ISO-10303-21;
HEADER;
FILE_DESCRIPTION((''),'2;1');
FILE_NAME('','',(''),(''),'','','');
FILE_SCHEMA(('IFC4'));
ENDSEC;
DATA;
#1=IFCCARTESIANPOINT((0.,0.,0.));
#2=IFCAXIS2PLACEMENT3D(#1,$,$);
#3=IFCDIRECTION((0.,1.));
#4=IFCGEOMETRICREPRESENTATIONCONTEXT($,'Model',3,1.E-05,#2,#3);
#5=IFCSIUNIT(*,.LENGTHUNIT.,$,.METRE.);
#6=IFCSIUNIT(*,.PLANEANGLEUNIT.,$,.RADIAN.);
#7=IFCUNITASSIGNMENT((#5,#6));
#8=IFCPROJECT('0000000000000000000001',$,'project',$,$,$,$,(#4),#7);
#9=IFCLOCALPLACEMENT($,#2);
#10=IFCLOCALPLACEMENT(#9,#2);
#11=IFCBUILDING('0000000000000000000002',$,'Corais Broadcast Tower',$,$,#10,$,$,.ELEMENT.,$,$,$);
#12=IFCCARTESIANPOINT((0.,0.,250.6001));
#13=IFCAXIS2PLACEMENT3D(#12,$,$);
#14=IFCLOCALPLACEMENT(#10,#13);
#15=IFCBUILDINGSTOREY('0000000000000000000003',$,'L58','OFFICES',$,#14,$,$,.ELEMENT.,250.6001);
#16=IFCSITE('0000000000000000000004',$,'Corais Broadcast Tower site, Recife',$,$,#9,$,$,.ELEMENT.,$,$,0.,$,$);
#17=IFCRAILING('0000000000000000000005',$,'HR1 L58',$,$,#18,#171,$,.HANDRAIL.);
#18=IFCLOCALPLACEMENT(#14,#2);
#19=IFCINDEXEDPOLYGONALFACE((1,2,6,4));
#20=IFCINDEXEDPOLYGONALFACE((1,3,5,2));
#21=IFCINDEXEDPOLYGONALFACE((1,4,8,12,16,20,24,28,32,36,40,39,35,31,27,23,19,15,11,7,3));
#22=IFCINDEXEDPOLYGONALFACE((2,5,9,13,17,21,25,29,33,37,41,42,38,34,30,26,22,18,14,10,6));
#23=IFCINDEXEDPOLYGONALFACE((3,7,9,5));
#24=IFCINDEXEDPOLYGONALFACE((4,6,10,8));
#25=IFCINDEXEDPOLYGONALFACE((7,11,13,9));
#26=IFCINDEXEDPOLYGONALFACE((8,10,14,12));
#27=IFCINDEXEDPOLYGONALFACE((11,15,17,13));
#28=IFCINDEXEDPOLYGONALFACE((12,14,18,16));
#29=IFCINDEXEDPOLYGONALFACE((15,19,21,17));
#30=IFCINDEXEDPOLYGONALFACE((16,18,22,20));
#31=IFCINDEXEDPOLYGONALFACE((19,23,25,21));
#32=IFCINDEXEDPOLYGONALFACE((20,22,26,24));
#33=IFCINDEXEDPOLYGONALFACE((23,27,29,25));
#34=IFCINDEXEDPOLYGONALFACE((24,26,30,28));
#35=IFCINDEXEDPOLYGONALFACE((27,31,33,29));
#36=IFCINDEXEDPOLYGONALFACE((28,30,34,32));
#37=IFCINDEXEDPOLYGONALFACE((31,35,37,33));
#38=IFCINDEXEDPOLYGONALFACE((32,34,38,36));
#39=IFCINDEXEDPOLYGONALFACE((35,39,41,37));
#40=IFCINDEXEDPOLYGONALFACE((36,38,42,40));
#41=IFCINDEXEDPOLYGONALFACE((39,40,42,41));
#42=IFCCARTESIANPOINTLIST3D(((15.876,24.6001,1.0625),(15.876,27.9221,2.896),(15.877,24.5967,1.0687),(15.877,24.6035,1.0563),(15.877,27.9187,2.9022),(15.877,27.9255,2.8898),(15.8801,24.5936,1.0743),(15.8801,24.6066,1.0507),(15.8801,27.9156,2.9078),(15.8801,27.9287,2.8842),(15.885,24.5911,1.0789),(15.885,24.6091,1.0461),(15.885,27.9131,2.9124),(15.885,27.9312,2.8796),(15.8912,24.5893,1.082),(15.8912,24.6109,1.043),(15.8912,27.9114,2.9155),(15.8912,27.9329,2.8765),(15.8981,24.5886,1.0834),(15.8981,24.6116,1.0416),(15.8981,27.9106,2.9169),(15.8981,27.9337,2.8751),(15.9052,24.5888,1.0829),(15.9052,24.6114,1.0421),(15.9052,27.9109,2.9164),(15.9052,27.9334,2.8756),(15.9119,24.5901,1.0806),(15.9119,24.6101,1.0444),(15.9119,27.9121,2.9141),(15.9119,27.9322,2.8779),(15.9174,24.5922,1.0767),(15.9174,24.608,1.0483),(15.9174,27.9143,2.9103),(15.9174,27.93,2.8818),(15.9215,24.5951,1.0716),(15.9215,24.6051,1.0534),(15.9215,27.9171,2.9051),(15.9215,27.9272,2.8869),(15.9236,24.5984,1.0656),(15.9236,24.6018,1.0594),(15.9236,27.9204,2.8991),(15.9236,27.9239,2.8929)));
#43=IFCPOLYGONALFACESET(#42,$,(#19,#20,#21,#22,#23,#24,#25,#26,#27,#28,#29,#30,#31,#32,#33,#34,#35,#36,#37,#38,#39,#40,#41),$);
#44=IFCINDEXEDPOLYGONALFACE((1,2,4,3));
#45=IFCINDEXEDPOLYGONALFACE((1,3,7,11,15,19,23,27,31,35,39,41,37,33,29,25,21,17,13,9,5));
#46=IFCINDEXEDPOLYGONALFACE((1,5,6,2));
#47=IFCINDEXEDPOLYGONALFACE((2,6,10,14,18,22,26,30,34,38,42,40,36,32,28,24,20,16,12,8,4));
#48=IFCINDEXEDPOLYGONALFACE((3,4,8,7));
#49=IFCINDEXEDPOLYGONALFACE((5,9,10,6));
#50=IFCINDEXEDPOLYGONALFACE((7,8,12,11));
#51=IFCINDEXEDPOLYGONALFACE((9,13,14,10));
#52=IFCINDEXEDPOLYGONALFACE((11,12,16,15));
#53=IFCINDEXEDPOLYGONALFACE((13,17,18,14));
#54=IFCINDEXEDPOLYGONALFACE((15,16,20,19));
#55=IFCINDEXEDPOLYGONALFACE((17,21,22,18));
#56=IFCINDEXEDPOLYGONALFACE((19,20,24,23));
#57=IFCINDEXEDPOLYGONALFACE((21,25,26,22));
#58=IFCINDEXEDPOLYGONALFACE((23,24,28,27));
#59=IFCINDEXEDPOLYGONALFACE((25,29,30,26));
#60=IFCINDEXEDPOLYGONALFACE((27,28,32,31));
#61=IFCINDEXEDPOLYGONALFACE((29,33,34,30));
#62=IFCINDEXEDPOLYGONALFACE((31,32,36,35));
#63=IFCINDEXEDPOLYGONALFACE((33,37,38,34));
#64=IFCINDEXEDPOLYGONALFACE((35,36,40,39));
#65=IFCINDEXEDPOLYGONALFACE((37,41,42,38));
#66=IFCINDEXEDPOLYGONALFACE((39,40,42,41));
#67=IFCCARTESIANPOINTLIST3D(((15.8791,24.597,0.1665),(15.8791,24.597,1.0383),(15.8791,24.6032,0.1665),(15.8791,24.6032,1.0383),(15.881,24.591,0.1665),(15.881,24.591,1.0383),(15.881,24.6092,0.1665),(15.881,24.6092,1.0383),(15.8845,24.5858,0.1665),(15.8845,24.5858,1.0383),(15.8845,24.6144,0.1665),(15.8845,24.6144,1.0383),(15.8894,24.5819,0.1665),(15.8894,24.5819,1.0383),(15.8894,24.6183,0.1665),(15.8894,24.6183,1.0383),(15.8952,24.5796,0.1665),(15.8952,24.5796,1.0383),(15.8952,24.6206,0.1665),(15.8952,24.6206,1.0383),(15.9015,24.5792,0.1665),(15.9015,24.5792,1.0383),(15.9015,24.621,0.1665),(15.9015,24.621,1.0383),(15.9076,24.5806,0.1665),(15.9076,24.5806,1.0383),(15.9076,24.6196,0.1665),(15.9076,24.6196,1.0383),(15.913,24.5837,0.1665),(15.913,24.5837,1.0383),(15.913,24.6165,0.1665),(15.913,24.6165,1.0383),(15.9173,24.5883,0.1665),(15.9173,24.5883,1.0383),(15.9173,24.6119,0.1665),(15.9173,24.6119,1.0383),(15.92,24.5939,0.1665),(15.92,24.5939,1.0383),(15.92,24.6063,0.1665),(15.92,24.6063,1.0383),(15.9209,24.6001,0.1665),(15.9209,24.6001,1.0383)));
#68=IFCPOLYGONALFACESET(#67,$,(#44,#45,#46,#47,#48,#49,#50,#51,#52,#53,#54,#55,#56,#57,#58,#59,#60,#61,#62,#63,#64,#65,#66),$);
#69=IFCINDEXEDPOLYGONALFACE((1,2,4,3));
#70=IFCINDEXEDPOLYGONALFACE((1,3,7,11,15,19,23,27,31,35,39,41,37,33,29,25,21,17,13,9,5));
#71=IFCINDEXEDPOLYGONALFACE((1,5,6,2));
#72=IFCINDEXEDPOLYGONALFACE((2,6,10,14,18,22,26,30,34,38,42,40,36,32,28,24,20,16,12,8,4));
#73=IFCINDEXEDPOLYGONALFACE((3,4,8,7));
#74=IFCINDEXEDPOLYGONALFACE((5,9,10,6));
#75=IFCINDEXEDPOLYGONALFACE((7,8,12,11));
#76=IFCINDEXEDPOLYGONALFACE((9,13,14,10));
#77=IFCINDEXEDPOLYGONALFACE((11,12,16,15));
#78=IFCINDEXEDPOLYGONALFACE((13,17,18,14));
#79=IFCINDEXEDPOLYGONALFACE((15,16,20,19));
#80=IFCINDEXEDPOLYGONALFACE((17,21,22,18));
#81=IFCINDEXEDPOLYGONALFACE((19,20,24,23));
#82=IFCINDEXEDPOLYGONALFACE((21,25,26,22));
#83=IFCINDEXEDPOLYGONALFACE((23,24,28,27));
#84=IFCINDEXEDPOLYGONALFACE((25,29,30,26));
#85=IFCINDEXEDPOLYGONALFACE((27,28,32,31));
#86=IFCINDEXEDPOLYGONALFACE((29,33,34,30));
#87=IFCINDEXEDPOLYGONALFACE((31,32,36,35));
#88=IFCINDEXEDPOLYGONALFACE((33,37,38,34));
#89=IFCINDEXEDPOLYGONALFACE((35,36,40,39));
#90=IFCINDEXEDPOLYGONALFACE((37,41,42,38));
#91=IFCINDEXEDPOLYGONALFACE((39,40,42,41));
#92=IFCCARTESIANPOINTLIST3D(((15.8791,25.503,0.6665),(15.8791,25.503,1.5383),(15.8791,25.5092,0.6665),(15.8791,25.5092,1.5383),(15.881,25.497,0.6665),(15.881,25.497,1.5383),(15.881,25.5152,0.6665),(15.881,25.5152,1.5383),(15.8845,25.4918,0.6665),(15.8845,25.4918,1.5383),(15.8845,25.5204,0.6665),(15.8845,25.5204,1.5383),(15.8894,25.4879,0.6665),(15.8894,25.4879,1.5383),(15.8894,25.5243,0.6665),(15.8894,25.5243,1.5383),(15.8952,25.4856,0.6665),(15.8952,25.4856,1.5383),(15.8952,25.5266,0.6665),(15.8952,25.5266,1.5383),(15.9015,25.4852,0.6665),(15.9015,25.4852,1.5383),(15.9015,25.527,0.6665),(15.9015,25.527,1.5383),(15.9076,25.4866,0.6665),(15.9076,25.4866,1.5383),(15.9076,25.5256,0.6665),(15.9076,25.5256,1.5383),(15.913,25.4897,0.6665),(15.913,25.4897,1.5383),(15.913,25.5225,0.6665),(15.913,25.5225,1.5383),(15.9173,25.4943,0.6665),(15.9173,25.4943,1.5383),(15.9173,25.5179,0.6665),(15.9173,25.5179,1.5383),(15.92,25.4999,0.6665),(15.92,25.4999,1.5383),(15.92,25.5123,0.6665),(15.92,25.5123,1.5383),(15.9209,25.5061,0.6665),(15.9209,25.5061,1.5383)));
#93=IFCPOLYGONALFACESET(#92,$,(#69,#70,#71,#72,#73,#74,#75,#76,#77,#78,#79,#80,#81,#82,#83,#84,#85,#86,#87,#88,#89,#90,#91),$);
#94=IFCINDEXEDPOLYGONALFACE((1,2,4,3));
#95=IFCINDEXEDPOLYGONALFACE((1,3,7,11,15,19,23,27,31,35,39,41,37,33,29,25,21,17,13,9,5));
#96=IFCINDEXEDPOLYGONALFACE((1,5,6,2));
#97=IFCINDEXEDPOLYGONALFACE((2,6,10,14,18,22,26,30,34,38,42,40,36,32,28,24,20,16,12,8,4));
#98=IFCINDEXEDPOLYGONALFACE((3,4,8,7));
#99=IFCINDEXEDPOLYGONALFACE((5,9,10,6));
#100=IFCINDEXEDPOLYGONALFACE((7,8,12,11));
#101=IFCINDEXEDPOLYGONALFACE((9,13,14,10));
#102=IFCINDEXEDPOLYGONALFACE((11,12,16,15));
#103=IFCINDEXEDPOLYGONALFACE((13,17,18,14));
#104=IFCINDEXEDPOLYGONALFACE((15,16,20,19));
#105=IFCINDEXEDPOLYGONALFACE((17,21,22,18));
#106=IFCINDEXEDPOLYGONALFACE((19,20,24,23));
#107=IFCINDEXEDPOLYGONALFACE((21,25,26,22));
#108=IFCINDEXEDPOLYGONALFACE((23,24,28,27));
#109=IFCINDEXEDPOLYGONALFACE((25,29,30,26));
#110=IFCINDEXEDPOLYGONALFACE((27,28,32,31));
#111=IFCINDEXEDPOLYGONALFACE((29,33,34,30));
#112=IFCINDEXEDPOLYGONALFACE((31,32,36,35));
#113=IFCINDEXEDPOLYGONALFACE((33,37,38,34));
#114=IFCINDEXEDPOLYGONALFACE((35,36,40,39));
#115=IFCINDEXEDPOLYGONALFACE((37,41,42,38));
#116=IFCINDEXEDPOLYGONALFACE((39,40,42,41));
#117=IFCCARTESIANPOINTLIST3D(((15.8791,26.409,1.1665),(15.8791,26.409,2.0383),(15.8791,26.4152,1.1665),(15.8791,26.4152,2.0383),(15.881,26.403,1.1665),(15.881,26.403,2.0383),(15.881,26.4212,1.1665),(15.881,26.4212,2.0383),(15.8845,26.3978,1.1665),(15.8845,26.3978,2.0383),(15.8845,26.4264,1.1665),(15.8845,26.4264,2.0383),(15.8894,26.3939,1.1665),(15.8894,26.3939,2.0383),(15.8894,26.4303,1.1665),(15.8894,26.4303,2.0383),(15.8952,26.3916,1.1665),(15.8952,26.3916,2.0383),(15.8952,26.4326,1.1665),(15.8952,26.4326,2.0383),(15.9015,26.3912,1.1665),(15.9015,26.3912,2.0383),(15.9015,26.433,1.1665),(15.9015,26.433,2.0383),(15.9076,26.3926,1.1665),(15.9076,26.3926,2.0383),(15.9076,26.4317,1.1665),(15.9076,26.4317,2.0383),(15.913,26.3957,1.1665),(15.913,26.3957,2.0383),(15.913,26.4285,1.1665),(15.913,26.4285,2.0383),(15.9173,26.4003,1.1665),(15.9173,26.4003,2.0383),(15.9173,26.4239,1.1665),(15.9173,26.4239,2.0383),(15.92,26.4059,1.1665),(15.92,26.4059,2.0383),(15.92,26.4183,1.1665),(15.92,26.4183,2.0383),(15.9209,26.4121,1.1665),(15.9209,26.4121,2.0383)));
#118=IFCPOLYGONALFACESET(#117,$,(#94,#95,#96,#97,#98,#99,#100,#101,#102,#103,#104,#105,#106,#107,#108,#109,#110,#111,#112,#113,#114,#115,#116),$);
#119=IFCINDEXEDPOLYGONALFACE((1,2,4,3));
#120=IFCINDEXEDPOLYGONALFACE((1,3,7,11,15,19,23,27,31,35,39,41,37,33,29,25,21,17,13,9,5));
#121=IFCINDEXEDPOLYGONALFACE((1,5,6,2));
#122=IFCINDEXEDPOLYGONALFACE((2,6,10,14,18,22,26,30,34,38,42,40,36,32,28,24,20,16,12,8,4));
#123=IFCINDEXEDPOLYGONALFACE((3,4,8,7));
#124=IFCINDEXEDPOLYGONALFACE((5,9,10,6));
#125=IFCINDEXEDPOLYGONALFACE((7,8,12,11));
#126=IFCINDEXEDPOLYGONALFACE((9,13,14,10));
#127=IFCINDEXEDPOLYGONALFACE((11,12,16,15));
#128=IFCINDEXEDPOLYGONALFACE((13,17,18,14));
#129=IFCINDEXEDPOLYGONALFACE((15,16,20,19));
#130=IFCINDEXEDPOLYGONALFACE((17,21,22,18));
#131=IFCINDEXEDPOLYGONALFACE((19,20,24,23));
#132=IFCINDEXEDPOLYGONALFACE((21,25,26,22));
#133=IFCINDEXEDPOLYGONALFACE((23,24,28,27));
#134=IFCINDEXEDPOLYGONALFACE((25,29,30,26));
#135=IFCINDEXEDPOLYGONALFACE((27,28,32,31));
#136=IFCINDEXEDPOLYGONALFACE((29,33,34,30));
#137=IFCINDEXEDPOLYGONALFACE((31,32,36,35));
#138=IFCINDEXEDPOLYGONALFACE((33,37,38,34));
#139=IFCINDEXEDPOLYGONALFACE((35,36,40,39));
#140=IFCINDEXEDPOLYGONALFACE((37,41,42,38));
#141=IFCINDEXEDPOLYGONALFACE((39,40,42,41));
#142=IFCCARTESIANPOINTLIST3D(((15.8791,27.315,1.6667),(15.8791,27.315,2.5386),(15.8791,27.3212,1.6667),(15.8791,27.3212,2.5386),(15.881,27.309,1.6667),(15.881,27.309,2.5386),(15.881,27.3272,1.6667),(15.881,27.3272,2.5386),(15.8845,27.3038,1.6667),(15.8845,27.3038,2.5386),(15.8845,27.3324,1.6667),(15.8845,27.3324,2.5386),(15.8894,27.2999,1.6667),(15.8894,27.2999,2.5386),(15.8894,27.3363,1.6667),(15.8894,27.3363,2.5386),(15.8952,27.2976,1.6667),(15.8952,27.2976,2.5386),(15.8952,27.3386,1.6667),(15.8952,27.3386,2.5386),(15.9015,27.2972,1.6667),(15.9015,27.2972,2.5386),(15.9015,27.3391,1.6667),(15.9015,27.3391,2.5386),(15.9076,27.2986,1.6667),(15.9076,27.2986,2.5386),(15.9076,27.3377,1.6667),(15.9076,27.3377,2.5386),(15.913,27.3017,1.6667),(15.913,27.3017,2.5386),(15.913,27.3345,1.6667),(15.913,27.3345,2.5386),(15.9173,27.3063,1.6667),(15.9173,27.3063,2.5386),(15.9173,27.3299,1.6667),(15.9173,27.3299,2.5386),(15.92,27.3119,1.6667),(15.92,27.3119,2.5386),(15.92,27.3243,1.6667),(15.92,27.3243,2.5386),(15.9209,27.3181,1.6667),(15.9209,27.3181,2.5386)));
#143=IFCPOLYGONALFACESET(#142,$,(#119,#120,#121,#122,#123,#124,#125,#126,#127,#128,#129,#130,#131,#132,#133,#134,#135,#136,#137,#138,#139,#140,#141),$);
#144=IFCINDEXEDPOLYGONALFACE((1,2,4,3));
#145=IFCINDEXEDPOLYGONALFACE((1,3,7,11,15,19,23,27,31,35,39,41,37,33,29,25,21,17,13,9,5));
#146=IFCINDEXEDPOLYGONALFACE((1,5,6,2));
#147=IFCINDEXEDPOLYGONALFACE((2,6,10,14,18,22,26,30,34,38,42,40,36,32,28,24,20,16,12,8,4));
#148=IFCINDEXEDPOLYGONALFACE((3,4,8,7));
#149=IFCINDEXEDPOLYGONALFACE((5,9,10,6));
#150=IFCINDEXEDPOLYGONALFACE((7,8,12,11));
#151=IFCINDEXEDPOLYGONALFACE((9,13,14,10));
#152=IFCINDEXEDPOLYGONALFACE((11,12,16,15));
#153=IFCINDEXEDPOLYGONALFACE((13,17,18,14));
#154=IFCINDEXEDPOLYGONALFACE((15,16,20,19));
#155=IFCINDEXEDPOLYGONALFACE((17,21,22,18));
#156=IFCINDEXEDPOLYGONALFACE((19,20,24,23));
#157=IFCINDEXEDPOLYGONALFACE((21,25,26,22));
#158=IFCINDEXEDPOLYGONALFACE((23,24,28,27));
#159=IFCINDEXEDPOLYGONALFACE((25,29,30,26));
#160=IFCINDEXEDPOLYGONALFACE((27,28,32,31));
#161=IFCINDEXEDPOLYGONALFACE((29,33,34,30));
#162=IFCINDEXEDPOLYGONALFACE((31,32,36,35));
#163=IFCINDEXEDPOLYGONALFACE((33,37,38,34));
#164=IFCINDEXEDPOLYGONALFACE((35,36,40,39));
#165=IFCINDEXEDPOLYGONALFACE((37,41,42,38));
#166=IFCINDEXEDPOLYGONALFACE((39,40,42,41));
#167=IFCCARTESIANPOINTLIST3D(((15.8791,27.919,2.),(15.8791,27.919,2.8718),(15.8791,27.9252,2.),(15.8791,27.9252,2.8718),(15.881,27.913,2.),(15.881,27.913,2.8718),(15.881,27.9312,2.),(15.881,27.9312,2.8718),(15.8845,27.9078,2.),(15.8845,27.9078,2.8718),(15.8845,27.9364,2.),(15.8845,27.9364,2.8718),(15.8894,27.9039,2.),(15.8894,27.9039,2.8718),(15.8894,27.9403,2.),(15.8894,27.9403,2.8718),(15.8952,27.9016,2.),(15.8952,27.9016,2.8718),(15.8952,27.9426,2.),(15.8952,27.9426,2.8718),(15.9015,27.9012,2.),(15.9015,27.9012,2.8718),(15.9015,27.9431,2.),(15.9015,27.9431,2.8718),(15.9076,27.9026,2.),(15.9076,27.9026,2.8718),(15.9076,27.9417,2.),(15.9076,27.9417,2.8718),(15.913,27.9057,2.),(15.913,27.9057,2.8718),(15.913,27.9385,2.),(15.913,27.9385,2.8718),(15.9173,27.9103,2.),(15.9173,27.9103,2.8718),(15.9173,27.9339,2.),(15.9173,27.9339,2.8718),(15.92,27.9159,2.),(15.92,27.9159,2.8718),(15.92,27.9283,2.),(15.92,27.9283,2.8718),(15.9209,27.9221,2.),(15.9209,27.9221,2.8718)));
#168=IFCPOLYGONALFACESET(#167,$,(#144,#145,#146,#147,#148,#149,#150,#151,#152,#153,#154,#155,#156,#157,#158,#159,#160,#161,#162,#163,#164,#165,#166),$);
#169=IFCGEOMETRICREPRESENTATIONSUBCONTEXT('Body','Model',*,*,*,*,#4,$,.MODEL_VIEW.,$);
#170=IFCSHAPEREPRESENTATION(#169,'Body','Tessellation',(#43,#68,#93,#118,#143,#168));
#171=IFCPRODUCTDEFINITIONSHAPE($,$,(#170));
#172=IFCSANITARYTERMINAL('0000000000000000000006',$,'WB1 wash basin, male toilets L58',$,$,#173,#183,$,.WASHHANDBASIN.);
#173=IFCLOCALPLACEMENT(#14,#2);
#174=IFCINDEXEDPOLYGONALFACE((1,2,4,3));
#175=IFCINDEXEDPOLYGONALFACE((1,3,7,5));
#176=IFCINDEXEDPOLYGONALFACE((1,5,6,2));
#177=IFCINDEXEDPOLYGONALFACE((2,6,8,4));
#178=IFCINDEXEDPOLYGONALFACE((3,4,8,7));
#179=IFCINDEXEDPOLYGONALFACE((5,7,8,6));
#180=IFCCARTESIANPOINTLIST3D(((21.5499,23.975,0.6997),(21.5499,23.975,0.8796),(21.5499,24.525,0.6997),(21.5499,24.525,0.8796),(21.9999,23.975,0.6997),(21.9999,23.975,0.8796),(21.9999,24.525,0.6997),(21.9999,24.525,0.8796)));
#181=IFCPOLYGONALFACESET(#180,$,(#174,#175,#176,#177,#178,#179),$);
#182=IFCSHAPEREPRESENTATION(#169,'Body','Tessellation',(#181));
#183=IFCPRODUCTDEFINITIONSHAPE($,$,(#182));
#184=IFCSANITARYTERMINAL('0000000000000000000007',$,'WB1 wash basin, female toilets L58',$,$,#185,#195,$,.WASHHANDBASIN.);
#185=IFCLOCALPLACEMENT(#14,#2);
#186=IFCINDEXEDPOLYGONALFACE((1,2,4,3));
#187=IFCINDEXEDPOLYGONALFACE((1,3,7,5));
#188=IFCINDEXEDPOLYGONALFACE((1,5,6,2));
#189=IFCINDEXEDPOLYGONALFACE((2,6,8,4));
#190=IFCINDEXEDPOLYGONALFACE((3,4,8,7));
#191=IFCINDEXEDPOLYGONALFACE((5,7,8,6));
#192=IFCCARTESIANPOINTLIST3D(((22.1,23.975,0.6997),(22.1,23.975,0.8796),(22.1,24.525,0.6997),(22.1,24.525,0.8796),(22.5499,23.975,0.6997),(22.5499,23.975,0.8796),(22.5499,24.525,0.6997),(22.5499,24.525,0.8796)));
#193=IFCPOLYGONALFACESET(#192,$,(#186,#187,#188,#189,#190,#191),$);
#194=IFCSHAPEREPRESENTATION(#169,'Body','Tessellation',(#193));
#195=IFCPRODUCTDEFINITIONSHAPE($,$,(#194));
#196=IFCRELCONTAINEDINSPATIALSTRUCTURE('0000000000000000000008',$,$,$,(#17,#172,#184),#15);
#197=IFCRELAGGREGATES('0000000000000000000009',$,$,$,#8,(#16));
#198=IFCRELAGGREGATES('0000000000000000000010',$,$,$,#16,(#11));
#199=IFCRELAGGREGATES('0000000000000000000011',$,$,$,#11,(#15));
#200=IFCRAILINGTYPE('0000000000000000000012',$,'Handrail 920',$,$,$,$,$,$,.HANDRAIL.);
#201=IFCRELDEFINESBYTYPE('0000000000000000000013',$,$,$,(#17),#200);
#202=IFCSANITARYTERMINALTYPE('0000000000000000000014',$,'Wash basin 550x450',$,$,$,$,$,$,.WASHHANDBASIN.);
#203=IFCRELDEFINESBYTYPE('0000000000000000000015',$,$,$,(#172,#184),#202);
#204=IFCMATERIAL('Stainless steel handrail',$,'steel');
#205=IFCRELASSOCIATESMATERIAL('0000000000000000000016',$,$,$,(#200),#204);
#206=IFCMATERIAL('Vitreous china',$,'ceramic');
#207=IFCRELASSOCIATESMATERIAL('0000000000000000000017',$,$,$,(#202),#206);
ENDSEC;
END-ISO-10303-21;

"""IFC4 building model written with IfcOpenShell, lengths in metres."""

from ifc_helpers import new_model, si_unit, direction, frame, origin, origin_2d, place, context, subcontext, project, spatial, rectangle, circle, extrude, material, type_object, element, save


model = new_model("IFC4")

# Units and contexts
model_context = context("Model", 3, precision=1e-05, world=origin(), true_north=direction((0.0, 1.0)))
body_context = subcontext(model_context, "Body", "Model", "MODEL_VIEW")
ifc_project = project(units=[si_unit("LENGTHUNIT", "METRE"), si_unit("PLANEANGLEUNIT", "RADIAN")], contexts=[model_context])

# Site, building, storey
site_placement = place(None, origin())
site = spatial("IfcSite", under=ifc_project, at=site_placement, Name="Corais Broadcast Tower site, Recife", CompositionType="ELEMENT", RefElevation=0.0)
building_placement = place(site_placement, origin())
building = spatial("IfcBuilding", under=site, at=building_placement, Name="Corais Broadcast Tower", CompositionType="ELEMENT")
storey_placement = place(building_placement, frame((0.0, 0.0, 250.6001)))
storey = spatial("IfcBuildingStorey", under=building, at=storey_placement, Name="L58", Description="OFFICES", CompositionType="ELEMENT", Elevation=250.6001)

# Railing
ifc_material_1 = material(Name="Stainless steel handrail", Category="steel")
railing_type = type_object("IfcRailingType", Name="Handrail 920", PredefinedType="HANDRAIL", material=ifc_material_1)
for number, where, name in (
    (1, (15.8999, 24.6001, 0.1665), "HR1 L58"),
):
    element("IfcRailing", number, at=place(storey_placement, frame(where)), inside=storey, type_object=railing_type, Name=name, PredefinedType="HANDRAIL", context=body_context, shape_type="SweptSolid", body=[
        extrude(circle(Radius=0.0239, at=origin_2d()), frame((0.0, 0.0, 0.896), z_axis=(0.0, 0.875504, 0.48321), x_axis=(-1.0, 0.0, 0.0)), (0.0, 0.0, 1.0), 3.7944),
        extrude(circle(Radius=0.021, at=origin_2d()), origin(), (0.0, 0.0, 1.0), 0.8718),
        extrude(circle(Radius=0.021, at=origin_2d()), frame((0.0, 0.906, 0.5)), (0.0, 0.0, 1.0), 0.8718),
        extrude(circle(Radius=0.021, at=origin_2d()), frame((0.0, 1.812, 1.0)), (0.0, 0.0, 1.0), 0.8718),
        extrude(circle(Radius=0.021, at=origin_2d()), frame((0.0, 2.718, 1.5002)), (0.0, 0.0, 1.0), 0.8718),
        extrude(circle(Radius=0.021, at=origin_2d()), frame((0.0, 3.322, 1.8335)), (0.0, 0.0, 1.0), 0.8718),
    ])

# Sanitary terminals
ifc_material_2 = material(Name="Vitreous china", Category="ceramic")
sanitary_terminal_type = type_object("IfcSanitaryTerminalType", Name="Wash basin 550x450", PredefinedType="WASHHANDBASIN", material=ifc_material_2)
for number, where, z_axis, x_axis, name in (
    (2, (21.7749, 24.25, 0.6997), (0.0, 0.0, 1.0), (1.0, 0.0, 0.0), "WB1 wash basin, male toilets L58"),
    (3, (22.325, 24.25, 0.6997), (0.0, 0.0, 1.0), (1.0, 0.0, 0.0), "WB1 wash basin, female toilets L58"),
):
    element("IfcSanitaryTerminal", number, at=place(storey_placement, frame(where, z_axis=z_axis, x_axis=x_axis)), inside=storey, type_object=sanitary_terminal_type, Name=name, PredefinedType="WASHHANDBASIN", context=body_context, shape_type="SweptSolid", body=[
        extrude(rectangle(XDim=0.45, YDim=0.55, at=origin_2d()), origin(), (0.0, 0.0, 1.0), 0.1799),
    ])

save(model, "model.ifc")
